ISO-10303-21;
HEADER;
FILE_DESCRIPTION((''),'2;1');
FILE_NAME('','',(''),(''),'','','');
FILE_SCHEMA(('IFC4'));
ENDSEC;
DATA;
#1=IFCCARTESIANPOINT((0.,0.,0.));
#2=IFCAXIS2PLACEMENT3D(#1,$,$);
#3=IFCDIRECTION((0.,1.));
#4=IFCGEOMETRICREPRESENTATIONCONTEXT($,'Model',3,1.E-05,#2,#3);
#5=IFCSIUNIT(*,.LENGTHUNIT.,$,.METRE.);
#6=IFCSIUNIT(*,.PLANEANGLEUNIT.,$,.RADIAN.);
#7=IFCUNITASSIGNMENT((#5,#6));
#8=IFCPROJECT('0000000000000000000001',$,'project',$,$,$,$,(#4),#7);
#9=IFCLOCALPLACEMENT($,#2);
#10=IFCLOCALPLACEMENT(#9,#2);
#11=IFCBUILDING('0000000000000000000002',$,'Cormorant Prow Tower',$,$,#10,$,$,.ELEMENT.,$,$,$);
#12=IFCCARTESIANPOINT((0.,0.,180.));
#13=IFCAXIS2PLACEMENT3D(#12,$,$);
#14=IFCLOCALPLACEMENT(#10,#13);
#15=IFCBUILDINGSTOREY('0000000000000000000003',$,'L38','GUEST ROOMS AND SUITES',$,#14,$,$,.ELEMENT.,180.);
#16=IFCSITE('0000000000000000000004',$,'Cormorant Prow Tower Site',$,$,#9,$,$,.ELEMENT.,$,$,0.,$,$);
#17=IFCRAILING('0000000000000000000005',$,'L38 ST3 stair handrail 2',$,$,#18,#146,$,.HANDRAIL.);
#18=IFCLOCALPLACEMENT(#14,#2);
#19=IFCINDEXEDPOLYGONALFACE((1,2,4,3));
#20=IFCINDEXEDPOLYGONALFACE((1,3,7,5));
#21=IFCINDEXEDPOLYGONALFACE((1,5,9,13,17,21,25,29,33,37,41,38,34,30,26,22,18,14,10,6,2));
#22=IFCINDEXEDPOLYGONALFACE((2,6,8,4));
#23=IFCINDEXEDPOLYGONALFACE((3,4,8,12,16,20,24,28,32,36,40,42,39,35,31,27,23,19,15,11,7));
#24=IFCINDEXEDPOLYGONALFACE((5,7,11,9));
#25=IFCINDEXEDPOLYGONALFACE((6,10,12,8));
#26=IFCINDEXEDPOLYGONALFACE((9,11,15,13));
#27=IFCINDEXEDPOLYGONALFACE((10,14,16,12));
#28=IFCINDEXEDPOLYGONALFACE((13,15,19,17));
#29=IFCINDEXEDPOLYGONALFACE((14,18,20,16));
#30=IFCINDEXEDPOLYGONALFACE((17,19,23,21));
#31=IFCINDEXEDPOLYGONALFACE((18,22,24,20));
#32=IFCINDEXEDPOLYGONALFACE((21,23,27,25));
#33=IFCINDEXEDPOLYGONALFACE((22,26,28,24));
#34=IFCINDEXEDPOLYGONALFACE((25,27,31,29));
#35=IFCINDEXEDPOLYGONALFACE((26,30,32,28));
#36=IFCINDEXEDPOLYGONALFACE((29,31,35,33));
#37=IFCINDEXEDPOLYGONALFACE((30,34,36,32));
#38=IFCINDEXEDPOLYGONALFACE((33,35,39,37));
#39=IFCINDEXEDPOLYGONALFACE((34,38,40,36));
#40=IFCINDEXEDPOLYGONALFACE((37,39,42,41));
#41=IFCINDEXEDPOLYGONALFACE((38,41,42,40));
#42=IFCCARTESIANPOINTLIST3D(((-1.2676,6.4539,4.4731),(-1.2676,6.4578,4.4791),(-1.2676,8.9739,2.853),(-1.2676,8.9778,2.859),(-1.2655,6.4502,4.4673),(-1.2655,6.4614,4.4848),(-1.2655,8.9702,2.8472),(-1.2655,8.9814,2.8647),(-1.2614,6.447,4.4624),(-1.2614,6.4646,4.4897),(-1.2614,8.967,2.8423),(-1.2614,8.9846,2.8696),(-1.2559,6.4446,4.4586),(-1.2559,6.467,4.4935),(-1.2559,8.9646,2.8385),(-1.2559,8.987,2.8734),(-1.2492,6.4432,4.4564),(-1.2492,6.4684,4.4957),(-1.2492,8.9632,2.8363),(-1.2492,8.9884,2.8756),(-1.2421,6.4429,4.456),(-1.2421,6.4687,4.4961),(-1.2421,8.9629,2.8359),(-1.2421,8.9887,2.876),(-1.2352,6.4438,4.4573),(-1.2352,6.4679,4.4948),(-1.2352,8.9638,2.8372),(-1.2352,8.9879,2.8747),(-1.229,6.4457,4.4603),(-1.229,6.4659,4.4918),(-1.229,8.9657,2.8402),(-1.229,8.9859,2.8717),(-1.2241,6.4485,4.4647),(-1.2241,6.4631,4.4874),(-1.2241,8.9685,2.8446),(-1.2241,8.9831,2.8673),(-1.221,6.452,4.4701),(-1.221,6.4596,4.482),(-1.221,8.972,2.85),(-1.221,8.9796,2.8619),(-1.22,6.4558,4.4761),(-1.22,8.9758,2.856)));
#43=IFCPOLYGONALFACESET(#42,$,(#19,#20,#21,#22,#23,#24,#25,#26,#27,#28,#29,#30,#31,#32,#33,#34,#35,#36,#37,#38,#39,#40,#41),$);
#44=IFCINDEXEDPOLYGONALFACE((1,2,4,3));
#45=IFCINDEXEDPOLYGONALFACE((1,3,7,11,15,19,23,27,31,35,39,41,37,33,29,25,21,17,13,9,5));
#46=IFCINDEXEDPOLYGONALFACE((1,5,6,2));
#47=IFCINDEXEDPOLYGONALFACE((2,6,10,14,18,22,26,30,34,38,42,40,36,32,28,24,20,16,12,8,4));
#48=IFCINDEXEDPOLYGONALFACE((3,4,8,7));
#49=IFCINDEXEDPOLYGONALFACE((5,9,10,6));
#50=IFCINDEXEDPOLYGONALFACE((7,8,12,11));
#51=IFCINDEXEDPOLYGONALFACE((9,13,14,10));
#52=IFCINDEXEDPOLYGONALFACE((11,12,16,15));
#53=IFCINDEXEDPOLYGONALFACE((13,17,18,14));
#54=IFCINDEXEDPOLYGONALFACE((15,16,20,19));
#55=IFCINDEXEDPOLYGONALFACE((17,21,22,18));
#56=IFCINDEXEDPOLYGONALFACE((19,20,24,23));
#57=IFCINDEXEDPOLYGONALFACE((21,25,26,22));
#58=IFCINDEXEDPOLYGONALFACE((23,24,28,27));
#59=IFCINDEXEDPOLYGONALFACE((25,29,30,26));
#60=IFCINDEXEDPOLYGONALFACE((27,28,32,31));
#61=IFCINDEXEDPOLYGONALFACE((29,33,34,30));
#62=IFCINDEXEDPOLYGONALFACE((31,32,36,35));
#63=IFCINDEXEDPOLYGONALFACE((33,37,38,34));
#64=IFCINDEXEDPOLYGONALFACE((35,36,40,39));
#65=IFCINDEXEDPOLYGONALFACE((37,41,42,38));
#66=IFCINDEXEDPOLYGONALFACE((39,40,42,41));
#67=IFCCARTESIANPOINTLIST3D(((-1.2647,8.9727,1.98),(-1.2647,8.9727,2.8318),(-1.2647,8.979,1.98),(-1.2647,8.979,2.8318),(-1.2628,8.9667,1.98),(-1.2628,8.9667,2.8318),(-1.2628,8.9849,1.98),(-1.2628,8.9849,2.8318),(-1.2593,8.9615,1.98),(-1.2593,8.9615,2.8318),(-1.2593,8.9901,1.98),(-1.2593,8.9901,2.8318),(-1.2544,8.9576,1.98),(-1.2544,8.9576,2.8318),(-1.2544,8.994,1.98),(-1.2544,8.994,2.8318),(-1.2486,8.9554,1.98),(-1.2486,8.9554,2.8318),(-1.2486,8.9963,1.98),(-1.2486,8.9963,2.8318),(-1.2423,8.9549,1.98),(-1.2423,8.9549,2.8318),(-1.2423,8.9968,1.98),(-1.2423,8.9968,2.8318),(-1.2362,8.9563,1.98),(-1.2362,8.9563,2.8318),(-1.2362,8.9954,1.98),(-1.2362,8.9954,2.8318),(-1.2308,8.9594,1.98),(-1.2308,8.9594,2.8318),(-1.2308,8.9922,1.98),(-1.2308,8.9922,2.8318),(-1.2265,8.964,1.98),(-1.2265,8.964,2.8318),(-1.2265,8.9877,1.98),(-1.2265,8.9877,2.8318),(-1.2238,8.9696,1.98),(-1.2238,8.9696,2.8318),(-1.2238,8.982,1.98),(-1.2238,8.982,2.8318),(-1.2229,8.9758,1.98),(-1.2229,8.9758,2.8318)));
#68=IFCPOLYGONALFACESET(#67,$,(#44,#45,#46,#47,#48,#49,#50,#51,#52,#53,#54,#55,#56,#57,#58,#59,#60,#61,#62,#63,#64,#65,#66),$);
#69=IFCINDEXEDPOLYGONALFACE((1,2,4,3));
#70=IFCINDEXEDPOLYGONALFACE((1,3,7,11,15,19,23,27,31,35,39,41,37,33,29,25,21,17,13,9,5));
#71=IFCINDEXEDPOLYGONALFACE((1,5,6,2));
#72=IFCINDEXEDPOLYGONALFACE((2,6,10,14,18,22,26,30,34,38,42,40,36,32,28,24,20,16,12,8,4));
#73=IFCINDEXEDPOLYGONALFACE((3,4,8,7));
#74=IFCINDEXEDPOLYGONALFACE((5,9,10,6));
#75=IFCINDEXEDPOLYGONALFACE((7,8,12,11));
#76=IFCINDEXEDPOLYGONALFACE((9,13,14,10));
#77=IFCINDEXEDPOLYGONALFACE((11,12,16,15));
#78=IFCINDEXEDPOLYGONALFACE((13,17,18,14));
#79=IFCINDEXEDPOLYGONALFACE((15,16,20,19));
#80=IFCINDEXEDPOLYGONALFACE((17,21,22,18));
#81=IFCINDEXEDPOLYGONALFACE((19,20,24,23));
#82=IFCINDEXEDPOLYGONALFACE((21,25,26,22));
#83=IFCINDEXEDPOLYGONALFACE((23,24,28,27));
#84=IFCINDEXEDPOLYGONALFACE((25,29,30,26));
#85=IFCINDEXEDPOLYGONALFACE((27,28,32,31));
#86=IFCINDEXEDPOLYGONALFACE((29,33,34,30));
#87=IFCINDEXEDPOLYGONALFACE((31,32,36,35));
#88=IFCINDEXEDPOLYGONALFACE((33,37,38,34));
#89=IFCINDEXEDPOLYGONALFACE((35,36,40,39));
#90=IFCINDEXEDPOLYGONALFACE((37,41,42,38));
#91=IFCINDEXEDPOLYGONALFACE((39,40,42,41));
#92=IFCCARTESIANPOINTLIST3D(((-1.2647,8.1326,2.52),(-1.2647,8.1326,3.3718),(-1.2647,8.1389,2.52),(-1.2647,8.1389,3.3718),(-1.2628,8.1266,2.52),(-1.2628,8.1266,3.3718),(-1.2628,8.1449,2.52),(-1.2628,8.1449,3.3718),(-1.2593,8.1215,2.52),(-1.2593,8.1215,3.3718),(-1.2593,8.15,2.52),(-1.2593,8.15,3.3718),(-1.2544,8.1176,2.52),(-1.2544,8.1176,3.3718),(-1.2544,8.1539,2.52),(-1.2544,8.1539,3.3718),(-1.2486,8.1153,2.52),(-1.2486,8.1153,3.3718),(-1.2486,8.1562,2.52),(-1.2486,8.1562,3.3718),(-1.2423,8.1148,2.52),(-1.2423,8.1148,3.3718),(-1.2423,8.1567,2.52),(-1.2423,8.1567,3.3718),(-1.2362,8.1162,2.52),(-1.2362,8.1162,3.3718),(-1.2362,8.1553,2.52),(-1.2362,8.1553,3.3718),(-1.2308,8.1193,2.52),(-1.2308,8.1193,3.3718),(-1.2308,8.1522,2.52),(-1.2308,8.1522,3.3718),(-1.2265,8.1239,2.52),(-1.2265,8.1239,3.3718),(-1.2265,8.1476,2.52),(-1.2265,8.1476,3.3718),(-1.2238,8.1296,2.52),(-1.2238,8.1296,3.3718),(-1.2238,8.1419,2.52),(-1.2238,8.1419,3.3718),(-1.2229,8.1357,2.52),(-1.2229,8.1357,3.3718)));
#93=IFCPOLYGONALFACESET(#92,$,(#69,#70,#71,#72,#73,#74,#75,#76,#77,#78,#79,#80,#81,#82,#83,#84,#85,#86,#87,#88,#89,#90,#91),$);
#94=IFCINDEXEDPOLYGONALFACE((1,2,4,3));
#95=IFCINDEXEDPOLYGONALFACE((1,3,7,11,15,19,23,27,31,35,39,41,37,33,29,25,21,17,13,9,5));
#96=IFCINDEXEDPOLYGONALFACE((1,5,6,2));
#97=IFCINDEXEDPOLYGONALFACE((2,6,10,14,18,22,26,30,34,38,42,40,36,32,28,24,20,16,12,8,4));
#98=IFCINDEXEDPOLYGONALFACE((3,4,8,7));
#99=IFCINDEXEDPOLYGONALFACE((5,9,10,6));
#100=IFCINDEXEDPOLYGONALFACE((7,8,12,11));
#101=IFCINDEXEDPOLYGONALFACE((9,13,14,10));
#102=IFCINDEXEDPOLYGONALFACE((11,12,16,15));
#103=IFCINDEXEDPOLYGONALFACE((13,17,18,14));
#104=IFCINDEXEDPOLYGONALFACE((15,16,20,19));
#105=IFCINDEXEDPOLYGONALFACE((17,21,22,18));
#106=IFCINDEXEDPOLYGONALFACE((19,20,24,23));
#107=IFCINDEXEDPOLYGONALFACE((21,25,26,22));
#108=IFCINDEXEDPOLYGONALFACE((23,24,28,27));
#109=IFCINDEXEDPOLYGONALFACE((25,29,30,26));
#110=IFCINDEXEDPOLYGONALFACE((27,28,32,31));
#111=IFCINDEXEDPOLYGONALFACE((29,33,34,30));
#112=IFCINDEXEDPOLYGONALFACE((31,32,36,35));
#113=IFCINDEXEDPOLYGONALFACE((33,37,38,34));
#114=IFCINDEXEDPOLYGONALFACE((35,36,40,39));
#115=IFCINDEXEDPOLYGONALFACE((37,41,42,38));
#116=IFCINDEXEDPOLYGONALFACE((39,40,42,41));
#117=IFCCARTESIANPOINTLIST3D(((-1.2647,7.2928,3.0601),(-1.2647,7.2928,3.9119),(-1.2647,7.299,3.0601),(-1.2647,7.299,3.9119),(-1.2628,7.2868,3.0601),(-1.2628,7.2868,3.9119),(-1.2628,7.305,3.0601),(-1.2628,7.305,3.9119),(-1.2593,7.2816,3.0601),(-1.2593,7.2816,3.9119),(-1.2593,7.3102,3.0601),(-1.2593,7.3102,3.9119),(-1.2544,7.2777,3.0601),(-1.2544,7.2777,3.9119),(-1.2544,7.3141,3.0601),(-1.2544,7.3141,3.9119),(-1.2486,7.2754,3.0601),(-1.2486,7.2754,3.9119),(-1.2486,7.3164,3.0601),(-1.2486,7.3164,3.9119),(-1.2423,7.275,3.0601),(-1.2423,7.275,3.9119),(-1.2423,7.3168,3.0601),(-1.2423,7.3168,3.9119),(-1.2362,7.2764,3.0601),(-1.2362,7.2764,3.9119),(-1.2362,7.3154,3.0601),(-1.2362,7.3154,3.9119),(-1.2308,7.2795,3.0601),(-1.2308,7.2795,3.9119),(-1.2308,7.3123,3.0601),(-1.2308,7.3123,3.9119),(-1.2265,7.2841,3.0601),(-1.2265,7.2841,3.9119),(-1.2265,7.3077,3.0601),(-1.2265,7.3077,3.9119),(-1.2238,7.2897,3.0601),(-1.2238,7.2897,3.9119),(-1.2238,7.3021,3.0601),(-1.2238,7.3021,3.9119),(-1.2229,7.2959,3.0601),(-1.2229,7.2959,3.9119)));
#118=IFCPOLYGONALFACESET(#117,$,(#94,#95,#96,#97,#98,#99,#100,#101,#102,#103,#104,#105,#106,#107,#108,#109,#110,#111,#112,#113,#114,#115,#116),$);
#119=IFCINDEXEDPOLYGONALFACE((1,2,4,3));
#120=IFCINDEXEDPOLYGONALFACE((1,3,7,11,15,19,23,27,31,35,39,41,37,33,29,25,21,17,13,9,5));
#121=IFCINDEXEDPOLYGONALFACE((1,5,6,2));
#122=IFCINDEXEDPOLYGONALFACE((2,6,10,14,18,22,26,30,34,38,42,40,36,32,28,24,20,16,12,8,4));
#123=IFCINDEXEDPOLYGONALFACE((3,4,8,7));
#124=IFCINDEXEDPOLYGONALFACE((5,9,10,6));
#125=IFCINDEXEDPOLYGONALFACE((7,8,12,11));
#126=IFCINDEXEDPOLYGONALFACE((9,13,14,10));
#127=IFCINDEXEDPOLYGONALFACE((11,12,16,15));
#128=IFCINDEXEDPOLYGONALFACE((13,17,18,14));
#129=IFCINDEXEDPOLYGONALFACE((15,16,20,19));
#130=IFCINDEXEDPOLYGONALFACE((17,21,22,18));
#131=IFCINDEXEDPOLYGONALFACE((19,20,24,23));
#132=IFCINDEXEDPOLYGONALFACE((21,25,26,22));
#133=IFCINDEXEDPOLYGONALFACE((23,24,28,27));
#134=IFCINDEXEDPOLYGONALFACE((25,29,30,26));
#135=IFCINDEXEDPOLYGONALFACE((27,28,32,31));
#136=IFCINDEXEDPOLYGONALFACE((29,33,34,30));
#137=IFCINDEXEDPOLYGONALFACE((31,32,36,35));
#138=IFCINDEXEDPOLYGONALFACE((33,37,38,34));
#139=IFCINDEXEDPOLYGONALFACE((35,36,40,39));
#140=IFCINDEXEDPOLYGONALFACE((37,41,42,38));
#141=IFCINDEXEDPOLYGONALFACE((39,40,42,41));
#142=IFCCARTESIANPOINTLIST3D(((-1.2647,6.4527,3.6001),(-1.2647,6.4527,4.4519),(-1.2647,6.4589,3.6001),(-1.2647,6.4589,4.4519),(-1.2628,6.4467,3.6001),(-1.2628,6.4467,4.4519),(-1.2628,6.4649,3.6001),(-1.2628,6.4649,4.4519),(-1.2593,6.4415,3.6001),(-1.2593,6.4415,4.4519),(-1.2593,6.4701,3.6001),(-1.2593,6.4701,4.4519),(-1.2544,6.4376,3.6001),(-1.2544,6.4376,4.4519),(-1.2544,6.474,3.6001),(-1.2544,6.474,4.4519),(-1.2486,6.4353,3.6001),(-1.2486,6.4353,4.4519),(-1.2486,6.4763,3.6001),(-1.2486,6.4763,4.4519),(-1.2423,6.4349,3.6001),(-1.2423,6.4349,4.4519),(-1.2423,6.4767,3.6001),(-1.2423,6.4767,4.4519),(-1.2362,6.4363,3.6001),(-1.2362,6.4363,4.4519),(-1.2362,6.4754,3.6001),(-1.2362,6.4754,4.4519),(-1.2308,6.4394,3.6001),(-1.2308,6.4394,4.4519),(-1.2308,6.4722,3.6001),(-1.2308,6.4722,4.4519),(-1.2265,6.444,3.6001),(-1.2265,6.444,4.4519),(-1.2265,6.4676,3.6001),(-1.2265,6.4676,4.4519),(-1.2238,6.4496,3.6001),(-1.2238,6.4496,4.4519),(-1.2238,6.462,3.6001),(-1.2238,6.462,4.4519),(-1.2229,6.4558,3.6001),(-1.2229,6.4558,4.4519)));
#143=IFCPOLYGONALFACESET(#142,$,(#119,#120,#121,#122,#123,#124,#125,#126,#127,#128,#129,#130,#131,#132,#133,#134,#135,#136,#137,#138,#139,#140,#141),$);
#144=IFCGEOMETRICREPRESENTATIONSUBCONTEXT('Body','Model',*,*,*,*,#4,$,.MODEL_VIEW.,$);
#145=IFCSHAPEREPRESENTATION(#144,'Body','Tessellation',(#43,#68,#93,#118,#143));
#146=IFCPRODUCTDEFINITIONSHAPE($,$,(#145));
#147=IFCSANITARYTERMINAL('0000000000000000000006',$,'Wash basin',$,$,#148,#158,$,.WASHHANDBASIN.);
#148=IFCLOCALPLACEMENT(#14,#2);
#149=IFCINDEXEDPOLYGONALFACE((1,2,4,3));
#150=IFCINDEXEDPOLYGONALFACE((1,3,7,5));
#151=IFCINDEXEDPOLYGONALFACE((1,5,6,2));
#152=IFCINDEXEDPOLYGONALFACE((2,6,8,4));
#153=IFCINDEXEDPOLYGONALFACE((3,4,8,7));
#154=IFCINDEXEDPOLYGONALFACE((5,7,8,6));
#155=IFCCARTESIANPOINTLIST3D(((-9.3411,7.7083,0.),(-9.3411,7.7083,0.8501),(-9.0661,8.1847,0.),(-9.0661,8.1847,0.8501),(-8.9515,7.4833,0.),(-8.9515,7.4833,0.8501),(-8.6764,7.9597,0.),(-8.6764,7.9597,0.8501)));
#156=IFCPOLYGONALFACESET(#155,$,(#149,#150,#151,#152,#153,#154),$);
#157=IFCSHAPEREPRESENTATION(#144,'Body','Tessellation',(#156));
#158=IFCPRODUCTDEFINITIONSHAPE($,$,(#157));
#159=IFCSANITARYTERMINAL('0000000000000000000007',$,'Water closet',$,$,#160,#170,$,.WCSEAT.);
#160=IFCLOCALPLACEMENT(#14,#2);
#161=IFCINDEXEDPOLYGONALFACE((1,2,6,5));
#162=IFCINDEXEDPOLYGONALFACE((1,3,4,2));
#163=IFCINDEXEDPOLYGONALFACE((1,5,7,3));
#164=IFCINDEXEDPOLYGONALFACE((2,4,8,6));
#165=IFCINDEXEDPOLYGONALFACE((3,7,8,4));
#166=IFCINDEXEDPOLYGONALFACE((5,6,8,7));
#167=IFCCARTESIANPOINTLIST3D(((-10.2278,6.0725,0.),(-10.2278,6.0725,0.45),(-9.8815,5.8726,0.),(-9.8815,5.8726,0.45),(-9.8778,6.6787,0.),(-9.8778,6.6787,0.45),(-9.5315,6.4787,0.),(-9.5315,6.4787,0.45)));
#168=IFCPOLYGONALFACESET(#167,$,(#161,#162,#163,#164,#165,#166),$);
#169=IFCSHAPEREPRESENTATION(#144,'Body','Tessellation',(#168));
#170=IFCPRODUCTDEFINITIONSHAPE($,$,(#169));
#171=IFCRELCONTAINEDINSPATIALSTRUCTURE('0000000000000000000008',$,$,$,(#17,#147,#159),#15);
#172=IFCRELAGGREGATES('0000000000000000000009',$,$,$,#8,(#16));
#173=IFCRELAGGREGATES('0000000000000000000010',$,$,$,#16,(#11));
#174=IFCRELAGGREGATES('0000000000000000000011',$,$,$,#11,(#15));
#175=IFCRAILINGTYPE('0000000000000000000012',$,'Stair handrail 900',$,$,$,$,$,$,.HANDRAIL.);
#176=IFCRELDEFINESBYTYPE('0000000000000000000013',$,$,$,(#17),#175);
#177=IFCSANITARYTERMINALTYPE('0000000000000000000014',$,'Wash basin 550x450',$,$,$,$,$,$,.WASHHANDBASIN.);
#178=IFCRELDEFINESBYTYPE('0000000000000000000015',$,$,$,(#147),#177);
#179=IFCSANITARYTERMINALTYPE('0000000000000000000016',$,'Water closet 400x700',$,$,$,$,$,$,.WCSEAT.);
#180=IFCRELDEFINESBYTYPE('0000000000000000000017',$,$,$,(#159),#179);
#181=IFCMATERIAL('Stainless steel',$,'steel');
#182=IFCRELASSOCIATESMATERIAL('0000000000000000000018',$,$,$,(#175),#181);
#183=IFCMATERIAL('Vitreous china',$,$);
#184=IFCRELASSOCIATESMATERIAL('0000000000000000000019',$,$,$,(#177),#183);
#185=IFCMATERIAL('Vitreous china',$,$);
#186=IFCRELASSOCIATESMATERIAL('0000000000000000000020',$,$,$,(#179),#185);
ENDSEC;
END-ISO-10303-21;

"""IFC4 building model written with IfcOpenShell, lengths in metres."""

from ifc_helpers import new_model, si_unit, direction, frame, origin, origin_2d, place, context, subcontext, project, spatial, rectangle, circle, extrude, material, type_object, element, save


model = new_model("IFC4")

# Units and contexts
model_context = context("Model", 3, precision=1e-05, world=origin(), true_north=direction((0.0, 1.0)))
body_context = subcontext(model_context, "Body", "Model", "MODEL_VIEW")
ifc_project = project(units=[si_unit("LENGTHUNIT", "METRE"), si_unit("PLANEANGLEUNIT", "RADIAN")], contexts=[model_context])

# Site, building, storey
site_placement = place(None, origin())
site = spatial("IfcSite", under=ifc_project, at=site_placement, Name="Cormorant Prow Tower Site", CompositionType="ELEMENT", RefElevation=0.0)
building_placement = place(site_placement, origin())
building = spatial("IfcBuilding", under=site, at=building_placement, Name="Cormorant Prow Tower", CompositionType="ELEMENT")
storey_placement = place(building_placement, frame((0.0, 0.0, 180.0)))
storey = spatial("IfcBuildingStorey", under=building, at=storey_placement, Name="L38", Description="GUEST ROOMS AND SUITES", CompositionType="ELEMENT", Elevation=180.0)

# Railing
ifc_material_1 = material(Name="Stainless steel", Category="steel")
railing_type = type_object("IfcRailingType", Name="Stair handrail 900", PredefinedType="HANDRAIL", material=ifc_material_1)
railing_placement = place(storey_placement, frame((-1.2439, 8.9758, 1.98)))
element("IfcRailing", 1, at=railing_placement, inside=storey, type_object=railing_type, Name="L38 ST3 stair handrail 2", PredefinedType="HANDRAIL", context=body_context, shape_type="SweptSolid", body=[
    extrude(circle(Radius=0.0239, at=origin_2d()), frame((0.0, 0.0, 0.876), z_axis=(0.0, -0.841163, 0.540782), x_axis=(1.0, 0.0, 0.0)), (0.0, 0.0, 1.0), 2.9958),
    extrude(circle(Radius=0.021, at=origin_2d()), origin(), (0.0, 0.0, 1.0), 0.8518),
    extrude(circle(Radius=0.021, at=origin_2d()), frame((0.0, -0.8401, 0.54)), (0.0, 0.0, 1.0), 0.8518),
    extrude(circle(Radius=0.021, at=origin_2d()), frame((0.0, -1.6799, 1.0801)), (0.0, 0.0, 1.0), 0.8518),
    extrude(circle(Radius=0.021, at=origin_2d()), frame((0.0, -2.52, 1.6201)), (0.0, 0.0, 1.0), 0.8518),
])

# Sanitary terminals
ifc_material_2 = material(Name="Vitreous china")
sanitary_terminal_type_1 = type_object("IfcSanitaryTerminalType", Name="Wash basin 550x450", PredefinedType="WASHHANDBASIN", material=ifc_material_2)
sanitary_terminal_1_placement = place(storey_placement, frame((-9.0088, 7.834, 0.0), z_axis=(0.0, 0.0, 1.0), x_axis=(-0.5, -0.866025, 0.0)))
element("IfcSanitaryTerminal", 2, at=sanitary_terminal_1_placement, inside=storey, type_object=sanitary_terminal_type_1, Name="Wash basin", PredefinedType="WASHHANDBASIN", context=body_context, shape_type="SweptSolid", body=[
    extrude(rectangle(XDim=0.55, YDim=0.45, at=origin_2d()), origin(), (0.0, 0.0, 1.0), 0.8501),
])
ifc_material_3 = material(Name="Vitreous china")
sanitary_terminal_type_2 = type_object("IfcSanitaryTerminalType", Name="Water closet 400x700", PredefinedType="WCSEAT", material=ifc_material_3)
sanitary_terminal_2_placement = place(storey_placement, frame((-9.8796, 6.2756, 0.0), z_axis=(0.0, 0.0, 1.0), x_axis=(-0.866025, 0.5, 0.0)))
element("IfcSanitaryTerminal", 3, at=sanitary_terminal_2_placement, inside=storey, type_object=sanitary_terminal_type_2, Name="Water closet", PredefinedType="WCSEAT", context=body_context, shape_type="SweptSolid", body=[
    extrude(rectangle(XDim=0.3999, YDim=0.7, at=origin_2d()), origin(), (0.0, 0.0, 1.0), 0.45),
])

save(model, "model.ifc")
